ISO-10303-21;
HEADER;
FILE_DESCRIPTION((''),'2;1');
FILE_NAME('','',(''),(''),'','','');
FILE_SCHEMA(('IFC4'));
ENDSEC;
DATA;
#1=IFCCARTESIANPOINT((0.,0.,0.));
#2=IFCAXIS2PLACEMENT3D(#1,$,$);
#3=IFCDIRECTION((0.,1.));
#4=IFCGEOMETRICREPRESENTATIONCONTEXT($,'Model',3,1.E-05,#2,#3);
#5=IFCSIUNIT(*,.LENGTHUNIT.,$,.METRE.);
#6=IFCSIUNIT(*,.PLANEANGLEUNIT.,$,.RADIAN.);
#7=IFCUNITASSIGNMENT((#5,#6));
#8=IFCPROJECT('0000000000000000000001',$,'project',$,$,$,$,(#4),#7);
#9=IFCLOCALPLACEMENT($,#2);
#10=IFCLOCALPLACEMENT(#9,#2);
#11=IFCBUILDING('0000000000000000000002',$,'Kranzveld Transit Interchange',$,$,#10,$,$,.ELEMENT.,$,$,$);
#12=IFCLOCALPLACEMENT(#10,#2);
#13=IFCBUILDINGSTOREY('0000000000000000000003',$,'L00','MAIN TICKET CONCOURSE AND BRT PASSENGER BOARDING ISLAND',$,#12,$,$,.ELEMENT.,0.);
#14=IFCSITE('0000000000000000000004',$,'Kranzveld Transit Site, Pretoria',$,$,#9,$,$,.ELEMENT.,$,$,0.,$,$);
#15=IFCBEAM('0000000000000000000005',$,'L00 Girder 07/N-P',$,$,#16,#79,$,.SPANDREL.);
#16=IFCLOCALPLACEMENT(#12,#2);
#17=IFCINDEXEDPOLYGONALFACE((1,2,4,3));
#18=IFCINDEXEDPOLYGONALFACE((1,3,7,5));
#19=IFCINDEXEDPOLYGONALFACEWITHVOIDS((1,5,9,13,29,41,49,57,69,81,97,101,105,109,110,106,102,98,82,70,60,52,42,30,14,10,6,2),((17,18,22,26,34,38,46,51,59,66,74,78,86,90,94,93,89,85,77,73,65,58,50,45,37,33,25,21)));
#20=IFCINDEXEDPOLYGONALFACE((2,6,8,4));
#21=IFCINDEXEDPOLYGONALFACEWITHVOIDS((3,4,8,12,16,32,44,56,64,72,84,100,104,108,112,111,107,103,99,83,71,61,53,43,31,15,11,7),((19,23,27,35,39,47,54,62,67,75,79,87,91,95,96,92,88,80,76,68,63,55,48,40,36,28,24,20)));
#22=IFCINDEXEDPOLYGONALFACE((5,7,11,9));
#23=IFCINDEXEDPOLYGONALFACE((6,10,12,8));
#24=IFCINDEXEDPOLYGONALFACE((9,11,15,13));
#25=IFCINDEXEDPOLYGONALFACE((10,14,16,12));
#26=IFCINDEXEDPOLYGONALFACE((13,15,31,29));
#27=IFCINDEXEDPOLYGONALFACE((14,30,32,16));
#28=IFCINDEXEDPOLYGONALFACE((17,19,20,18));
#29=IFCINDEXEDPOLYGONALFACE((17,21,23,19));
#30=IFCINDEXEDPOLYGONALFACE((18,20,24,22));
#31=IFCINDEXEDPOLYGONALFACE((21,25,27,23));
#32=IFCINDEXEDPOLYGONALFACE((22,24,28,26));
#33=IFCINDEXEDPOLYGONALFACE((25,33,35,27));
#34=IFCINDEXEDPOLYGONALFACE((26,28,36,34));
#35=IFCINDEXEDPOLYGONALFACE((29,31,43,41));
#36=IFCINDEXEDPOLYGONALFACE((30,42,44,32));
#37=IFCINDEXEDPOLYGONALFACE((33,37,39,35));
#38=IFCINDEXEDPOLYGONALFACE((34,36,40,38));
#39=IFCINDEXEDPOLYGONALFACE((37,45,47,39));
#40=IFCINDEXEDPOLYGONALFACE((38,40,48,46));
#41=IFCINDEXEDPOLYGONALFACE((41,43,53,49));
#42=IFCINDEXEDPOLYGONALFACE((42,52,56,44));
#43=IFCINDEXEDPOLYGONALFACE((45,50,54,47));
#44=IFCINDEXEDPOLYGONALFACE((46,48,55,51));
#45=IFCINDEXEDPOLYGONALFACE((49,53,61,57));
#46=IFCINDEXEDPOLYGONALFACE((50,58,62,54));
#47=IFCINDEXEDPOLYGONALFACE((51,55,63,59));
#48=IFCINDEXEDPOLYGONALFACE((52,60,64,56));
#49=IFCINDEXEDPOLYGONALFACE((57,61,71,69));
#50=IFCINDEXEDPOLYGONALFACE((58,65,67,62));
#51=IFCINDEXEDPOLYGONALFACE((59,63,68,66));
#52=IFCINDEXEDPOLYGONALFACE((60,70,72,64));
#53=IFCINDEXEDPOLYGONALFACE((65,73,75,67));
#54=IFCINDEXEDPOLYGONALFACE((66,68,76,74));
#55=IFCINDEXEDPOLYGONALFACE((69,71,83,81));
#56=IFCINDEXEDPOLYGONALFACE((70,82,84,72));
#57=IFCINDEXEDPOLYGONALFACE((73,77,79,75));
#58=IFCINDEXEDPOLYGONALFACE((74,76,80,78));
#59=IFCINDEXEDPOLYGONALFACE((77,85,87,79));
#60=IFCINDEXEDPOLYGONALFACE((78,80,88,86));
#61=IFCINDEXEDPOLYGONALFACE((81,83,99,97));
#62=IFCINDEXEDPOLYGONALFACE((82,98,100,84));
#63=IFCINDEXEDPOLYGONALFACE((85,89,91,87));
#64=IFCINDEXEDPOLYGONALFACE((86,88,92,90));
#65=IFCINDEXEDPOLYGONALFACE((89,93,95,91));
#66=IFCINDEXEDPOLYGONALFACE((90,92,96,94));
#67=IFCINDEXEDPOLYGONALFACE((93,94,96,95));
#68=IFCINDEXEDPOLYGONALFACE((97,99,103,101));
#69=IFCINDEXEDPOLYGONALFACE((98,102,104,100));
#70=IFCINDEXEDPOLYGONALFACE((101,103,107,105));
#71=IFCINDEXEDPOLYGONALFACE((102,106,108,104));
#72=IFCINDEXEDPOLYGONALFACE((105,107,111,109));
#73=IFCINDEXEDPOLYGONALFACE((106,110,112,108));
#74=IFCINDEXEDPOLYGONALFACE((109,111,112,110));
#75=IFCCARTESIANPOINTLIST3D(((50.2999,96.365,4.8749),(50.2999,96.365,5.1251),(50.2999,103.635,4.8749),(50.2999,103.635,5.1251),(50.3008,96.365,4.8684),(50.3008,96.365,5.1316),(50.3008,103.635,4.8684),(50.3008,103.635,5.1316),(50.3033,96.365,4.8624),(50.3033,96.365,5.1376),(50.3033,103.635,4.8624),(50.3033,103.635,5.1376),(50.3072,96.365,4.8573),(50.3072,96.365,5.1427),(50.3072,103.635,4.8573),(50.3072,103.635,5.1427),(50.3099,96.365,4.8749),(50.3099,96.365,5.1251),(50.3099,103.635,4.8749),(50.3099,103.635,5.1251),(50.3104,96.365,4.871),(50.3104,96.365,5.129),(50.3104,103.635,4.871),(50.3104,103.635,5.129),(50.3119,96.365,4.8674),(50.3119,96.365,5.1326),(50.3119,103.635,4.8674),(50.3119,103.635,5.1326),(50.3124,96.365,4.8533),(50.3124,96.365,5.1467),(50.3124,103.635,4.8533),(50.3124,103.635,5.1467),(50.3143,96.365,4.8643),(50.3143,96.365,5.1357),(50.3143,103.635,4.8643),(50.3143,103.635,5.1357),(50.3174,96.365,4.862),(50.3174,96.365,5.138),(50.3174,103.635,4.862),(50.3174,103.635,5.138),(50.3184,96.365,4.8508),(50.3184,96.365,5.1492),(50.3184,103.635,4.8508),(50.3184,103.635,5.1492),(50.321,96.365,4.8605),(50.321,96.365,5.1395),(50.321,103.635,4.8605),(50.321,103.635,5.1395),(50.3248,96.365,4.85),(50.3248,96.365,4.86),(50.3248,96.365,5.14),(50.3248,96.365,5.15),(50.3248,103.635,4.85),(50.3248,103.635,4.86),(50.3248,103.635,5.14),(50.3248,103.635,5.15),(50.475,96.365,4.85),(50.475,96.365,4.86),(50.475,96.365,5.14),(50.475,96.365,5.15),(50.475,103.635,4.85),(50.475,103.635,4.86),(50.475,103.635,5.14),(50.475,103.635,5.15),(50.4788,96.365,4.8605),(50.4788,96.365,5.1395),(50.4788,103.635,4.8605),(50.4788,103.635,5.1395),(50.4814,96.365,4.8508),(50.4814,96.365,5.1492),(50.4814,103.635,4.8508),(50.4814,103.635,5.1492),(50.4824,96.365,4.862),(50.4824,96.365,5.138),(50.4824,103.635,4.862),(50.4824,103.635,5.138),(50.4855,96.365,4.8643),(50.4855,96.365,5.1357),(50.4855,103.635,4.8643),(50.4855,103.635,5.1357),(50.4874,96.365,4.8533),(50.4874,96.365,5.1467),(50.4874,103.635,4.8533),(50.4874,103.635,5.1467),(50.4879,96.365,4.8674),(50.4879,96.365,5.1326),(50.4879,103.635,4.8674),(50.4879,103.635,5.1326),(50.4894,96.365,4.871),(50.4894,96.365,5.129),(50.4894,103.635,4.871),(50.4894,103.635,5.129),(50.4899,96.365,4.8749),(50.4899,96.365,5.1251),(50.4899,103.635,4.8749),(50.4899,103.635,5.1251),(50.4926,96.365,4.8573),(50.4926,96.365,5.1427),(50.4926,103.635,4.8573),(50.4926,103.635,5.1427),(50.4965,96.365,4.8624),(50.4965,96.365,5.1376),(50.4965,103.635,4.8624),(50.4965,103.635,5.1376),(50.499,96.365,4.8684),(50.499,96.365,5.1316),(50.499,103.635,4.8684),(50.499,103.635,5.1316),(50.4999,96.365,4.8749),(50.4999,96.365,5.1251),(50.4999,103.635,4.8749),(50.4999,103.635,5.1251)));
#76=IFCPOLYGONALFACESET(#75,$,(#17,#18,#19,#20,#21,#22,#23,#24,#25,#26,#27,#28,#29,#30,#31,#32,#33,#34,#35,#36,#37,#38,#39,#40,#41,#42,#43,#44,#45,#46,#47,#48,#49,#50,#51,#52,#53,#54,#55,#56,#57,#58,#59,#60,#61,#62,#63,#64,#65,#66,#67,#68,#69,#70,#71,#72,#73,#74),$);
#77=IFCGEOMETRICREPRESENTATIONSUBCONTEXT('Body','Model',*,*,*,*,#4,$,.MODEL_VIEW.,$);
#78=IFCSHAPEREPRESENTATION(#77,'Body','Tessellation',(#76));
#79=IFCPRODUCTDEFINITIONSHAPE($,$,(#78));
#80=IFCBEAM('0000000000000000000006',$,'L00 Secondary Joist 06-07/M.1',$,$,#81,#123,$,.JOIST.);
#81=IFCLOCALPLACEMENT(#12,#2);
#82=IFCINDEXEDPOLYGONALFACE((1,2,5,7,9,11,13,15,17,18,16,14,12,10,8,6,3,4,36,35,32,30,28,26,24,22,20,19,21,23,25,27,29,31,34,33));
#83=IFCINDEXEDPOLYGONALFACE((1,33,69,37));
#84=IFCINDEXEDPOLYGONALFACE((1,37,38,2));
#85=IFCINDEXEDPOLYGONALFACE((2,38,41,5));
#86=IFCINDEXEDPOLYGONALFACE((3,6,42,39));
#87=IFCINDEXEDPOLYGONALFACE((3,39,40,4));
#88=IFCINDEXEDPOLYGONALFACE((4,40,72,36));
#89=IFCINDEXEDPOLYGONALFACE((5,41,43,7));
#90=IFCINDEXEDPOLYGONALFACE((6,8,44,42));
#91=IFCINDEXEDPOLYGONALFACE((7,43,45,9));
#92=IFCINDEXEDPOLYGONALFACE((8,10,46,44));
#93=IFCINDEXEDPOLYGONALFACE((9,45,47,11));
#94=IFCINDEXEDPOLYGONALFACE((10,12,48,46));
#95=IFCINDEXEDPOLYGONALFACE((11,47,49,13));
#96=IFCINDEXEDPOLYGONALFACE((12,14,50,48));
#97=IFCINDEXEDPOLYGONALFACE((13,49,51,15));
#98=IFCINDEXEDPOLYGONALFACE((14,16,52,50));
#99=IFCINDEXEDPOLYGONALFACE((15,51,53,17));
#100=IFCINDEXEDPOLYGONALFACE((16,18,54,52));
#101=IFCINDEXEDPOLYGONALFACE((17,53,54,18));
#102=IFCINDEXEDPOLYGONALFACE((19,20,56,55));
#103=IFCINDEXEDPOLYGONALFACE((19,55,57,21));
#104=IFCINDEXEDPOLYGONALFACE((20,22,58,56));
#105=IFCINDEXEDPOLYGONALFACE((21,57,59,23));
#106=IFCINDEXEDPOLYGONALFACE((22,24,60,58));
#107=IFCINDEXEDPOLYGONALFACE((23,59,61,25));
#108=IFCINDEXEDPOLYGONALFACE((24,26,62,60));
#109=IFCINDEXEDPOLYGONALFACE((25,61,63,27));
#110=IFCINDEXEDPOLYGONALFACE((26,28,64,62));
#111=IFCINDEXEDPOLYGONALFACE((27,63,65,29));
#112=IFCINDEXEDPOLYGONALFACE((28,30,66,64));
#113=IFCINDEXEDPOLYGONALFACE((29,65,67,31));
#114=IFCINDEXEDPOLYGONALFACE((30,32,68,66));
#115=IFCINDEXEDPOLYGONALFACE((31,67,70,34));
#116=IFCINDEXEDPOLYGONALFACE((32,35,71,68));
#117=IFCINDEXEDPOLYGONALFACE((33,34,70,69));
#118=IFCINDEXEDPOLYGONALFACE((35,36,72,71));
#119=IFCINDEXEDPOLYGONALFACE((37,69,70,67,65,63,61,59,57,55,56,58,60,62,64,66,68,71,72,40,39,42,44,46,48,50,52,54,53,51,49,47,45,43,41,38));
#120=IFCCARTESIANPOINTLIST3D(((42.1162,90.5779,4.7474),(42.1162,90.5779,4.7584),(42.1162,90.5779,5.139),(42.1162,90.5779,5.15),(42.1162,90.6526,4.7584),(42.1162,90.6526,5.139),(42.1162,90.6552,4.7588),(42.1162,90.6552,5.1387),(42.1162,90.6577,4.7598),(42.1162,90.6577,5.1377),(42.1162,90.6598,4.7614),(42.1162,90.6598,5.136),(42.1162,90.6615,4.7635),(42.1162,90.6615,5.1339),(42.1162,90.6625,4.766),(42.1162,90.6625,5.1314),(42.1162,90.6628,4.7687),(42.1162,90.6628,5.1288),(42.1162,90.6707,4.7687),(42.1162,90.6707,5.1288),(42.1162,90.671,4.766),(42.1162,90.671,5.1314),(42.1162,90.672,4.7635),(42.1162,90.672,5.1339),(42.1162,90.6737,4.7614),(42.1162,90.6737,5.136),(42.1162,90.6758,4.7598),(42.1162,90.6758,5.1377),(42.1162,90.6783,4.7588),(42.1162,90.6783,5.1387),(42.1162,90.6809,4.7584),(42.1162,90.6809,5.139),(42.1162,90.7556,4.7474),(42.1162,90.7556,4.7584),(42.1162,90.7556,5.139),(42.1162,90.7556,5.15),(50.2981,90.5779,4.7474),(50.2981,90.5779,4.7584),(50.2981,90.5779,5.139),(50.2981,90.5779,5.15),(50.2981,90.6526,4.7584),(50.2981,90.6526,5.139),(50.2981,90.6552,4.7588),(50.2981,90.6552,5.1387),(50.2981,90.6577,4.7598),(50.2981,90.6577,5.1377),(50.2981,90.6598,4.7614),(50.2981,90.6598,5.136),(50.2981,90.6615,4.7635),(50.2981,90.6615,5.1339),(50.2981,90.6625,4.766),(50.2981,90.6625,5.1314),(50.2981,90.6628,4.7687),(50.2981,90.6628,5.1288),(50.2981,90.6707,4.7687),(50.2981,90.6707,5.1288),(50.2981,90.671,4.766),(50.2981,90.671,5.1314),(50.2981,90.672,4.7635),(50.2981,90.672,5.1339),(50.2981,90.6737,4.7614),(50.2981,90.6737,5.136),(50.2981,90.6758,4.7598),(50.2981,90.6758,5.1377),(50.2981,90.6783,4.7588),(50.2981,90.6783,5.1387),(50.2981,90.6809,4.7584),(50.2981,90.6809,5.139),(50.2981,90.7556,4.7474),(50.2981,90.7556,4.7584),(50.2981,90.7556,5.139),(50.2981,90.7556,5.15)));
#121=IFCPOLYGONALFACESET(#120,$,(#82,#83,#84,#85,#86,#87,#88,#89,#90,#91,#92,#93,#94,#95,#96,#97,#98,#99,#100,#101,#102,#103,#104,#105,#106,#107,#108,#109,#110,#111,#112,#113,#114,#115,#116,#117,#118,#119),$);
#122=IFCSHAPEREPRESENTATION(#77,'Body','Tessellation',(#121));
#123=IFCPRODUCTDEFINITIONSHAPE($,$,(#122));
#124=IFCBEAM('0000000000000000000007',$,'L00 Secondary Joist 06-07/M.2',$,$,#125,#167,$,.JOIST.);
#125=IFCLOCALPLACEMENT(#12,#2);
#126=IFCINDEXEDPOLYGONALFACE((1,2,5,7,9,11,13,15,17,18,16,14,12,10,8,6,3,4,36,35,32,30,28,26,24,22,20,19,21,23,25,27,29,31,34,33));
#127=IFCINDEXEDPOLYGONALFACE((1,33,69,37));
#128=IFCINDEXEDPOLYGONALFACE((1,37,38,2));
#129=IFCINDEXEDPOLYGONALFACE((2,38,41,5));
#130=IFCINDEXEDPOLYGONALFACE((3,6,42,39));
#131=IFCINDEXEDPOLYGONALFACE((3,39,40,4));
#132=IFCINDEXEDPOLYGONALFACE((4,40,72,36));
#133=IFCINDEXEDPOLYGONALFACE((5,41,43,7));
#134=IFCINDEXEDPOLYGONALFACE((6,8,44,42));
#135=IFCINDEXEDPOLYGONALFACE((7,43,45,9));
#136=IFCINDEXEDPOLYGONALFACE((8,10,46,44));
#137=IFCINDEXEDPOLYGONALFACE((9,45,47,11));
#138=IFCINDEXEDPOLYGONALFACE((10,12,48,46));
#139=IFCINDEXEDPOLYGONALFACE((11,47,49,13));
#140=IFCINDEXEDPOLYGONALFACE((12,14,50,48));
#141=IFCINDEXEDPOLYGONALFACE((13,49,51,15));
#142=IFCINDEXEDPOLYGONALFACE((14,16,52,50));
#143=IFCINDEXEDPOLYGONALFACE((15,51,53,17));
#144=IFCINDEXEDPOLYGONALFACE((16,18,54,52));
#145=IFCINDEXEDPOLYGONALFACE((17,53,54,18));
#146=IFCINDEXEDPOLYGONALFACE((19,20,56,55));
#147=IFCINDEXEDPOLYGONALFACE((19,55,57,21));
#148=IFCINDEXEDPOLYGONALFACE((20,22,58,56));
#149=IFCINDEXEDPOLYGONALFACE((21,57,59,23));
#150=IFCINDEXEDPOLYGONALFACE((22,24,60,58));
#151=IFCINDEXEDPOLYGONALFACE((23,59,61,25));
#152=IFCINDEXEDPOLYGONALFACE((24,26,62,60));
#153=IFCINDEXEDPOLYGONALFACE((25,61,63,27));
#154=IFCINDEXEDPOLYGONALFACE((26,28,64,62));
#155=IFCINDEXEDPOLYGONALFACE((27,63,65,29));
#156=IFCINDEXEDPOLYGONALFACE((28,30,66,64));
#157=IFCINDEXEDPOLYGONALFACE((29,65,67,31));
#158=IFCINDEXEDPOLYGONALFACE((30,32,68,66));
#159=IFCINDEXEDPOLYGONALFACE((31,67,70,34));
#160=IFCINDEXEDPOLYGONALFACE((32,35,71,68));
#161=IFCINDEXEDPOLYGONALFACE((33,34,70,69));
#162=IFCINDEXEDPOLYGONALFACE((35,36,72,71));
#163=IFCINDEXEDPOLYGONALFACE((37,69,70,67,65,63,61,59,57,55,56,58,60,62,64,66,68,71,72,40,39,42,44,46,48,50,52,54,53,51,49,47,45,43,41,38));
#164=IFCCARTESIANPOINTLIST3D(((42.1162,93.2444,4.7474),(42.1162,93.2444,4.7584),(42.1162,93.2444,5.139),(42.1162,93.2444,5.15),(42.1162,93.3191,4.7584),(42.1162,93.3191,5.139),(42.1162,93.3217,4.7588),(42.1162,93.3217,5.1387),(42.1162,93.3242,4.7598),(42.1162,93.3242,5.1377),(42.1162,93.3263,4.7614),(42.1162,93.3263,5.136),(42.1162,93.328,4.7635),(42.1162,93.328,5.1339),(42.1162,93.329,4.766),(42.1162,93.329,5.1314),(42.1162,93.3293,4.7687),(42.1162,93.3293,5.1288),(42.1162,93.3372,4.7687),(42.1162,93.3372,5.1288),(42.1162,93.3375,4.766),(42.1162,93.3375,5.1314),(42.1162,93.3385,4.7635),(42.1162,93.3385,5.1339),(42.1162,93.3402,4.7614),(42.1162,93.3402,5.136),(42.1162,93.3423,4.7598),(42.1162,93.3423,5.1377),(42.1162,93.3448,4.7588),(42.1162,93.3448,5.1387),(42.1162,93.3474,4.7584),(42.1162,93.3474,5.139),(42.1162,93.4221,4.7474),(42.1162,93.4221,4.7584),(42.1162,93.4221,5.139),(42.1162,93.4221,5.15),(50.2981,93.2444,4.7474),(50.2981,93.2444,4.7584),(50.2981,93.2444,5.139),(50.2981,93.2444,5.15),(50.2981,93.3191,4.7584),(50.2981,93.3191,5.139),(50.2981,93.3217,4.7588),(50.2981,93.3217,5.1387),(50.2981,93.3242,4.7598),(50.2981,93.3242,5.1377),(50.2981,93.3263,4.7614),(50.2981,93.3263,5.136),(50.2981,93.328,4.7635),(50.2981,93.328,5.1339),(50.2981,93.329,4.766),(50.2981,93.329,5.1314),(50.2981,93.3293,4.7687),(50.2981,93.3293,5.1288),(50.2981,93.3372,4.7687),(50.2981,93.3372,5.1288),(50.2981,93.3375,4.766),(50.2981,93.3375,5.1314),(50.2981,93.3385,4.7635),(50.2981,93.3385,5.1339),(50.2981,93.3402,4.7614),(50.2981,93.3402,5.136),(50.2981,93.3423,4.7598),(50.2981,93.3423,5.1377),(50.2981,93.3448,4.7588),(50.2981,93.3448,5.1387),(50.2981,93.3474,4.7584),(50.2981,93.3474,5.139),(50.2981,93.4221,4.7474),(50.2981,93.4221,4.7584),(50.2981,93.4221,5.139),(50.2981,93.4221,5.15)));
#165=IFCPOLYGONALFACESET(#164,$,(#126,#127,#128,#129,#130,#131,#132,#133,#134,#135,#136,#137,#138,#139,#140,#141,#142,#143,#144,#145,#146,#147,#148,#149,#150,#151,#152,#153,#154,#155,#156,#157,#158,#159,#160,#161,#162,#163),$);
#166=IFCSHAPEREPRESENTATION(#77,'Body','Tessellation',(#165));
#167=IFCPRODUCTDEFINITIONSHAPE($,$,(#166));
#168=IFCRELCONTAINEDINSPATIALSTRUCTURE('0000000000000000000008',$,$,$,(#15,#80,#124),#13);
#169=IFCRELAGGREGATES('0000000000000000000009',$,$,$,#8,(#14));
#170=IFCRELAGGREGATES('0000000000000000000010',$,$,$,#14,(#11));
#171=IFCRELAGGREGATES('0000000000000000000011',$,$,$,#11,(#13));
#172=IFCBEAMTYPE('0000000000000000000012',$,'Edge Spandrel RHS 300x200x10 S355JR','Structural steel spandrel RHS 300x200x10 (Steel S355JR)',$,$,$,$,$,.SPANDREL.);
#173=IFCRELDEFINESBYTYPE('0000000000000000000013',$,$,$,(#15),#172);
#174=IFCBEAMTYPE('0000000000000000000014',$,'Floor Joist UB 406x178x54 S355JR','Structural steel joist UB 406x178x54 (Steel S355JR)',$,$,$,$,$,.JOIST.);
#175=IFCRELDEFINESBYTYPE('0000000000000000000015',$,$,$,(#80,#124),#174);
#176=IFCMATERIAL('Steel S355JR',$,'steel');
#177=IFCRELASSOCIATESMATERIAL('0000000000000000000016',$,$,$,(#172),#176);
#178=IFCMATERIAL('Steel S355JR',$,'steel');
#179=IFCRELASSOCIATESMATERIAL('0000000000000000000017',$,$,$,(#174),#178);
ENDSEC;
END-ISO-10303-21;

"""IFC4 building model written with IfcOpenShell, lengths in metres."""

from ifc_helpers import new_model, si_unit, direction, frame, origin, origin_2d, place, context, subcontext, project, spatial, hollow_rectangle, i_section, extrude, material, material_profile, profile_set, type_object, element, save


model = new_model("IFC4")

# Units and contexts
model_context = context("Model", 3, precision=1e-05, world=origin(), true_north=direction((0.0, 1.0)))
body_context = subcontext(model_context, "Body", "Model", "MODEL_VIEW")
ifc_project = project(units=[si_unit("LENGTHUNIT", "METRE"), si_unit("PLANEANGLEUNIT", "RADIAN")], contexts=[model_context])

# Site, building, storey
site_placement = place(None, origin())
site = spatial("IfcSite", under=ifc_project, at=site_placement, Name="Kranzveld Transit Site, Pretoria", CompositionType="ELEMENT", RefElevation=0.0)
building_placement = place(site_placement, origin())
building = spatial("IfcBuilding", under=site, at=building_placement, Name="Kranzveld Transit Interchange", CompositionType="ELEMENT")
storey_placement = place(building_placement, origin())
storey = spatial("IfcBuildingStorey", under=building, at=storey_placement, Name="L00", Description="MAIN TICKET CONCOURSE AND BRT PASSENGER BOARDING ISLAND", CompositionType="ELEMENT", Elevation=0.0)

# Beams
ifc_material_1 = material(Name="Steel S355JR", Category="steel")
ifc_material_profile_1 = material_profile(ifc_material_1, hollow_rectangle(XDim=0.2, YDim=0.3, WallThickness=0.01, InnerFilletRadius=0.0149, OuterFilletRadius=0.0249, at=origin_2d()), Name="RHS 300x200x10")
ifc_profile_set_1 = profile_set([ifc_material_profile_1], Name="Steel S355JR")
beam_type_1 = type_object("IfcBeamType", Name="Edge Spandrel RHS 300x200x10 S355JR", Description="Structural steel spandrel RHS 300x200x10 (Steel S355JR)", PredefinedType="SPANDREL", material=ifc_profile_set_1)
beam_1_placement = place(storey_placement, frame((50.3999, 96.365, 5.0), z_axis=(0.0, 1.0, 0.0), x_axis=(-1.0, 0.0, 0.0)))
element("IfcBeam", 1, at=beam_1_placement, inside=storey, type_object=beam_type_1, Name="L00 Girder 07/N-P", PredefinedType="SPANDREL", context=body_context, shape_type="SweptSolid", body=[
    extrude(hollow_rectangle(XDim=0.2, YDim=0.3, WallThickness=0.01, InnerFilletRadius=0.0149, OuterFilletRadius=0.0249, at=origin_2d()), origin(), (0.0, 0.0, 1.0), 7.27),
])
ifc_material_2 = material(Name="Steel S355JR", Category="steel")
ifc_material_profile_2 = material_profile(ifc_material_2, i_section(OverallWidth=0.1777, OverallDepth=0.4026, WebThickness=0.0078, FlangeThickness=0.011, FilletRadius=0.0103, at=origin_2d()), Name="UB 406x178x54")
ifc_profile_set_2 = profile_set([ifc_material_profile_2], Name="Steel S355JR")
beam_type_2 = type_object("IfcBeamType", Name="Floor Joist UB 406x178x54 S355JR", Description="Structural steel joist UB 406x178x54 (Steel S355JR)", PredefinedType="JOIST", material=ifc_profile_set_2)
for number, where, z_axis, x_axis, name in (
    (2, (42.1162, 90.6667, 4.9487), (1.0, 0.0, 0.0), (0.0, 1.0, 0.0), "L00 Secondary Joist 06-07/M.1"),
    (3, (42.1162, 93.3333, 4.9487), (1.0, 0.0, 0.0), (0.0, 1.0, 0.0), "L00 Secondary Joist 06-07/M.2"),
):
    element("IfcBeam", number, at=place(storey_placement, frame(where, z_axis=z_axis, x_axis=x_axis)), inside=storey, type_object=beam_type_2, Name=name, PredefinedType="JOIST", context=body_context, shape_type="SweptSolid", body=[
        extrude(i_section(OverallWidth=0.1777, OverallDepth=0.4026, WebThickness=0.0078, FlangeThickness=0.011, FilletRadius=0.0103, at=origin_2d()), origin(), (0.0, 0.0, 1.0), 8.1819),
    ])

save(model, "model.ifc")
